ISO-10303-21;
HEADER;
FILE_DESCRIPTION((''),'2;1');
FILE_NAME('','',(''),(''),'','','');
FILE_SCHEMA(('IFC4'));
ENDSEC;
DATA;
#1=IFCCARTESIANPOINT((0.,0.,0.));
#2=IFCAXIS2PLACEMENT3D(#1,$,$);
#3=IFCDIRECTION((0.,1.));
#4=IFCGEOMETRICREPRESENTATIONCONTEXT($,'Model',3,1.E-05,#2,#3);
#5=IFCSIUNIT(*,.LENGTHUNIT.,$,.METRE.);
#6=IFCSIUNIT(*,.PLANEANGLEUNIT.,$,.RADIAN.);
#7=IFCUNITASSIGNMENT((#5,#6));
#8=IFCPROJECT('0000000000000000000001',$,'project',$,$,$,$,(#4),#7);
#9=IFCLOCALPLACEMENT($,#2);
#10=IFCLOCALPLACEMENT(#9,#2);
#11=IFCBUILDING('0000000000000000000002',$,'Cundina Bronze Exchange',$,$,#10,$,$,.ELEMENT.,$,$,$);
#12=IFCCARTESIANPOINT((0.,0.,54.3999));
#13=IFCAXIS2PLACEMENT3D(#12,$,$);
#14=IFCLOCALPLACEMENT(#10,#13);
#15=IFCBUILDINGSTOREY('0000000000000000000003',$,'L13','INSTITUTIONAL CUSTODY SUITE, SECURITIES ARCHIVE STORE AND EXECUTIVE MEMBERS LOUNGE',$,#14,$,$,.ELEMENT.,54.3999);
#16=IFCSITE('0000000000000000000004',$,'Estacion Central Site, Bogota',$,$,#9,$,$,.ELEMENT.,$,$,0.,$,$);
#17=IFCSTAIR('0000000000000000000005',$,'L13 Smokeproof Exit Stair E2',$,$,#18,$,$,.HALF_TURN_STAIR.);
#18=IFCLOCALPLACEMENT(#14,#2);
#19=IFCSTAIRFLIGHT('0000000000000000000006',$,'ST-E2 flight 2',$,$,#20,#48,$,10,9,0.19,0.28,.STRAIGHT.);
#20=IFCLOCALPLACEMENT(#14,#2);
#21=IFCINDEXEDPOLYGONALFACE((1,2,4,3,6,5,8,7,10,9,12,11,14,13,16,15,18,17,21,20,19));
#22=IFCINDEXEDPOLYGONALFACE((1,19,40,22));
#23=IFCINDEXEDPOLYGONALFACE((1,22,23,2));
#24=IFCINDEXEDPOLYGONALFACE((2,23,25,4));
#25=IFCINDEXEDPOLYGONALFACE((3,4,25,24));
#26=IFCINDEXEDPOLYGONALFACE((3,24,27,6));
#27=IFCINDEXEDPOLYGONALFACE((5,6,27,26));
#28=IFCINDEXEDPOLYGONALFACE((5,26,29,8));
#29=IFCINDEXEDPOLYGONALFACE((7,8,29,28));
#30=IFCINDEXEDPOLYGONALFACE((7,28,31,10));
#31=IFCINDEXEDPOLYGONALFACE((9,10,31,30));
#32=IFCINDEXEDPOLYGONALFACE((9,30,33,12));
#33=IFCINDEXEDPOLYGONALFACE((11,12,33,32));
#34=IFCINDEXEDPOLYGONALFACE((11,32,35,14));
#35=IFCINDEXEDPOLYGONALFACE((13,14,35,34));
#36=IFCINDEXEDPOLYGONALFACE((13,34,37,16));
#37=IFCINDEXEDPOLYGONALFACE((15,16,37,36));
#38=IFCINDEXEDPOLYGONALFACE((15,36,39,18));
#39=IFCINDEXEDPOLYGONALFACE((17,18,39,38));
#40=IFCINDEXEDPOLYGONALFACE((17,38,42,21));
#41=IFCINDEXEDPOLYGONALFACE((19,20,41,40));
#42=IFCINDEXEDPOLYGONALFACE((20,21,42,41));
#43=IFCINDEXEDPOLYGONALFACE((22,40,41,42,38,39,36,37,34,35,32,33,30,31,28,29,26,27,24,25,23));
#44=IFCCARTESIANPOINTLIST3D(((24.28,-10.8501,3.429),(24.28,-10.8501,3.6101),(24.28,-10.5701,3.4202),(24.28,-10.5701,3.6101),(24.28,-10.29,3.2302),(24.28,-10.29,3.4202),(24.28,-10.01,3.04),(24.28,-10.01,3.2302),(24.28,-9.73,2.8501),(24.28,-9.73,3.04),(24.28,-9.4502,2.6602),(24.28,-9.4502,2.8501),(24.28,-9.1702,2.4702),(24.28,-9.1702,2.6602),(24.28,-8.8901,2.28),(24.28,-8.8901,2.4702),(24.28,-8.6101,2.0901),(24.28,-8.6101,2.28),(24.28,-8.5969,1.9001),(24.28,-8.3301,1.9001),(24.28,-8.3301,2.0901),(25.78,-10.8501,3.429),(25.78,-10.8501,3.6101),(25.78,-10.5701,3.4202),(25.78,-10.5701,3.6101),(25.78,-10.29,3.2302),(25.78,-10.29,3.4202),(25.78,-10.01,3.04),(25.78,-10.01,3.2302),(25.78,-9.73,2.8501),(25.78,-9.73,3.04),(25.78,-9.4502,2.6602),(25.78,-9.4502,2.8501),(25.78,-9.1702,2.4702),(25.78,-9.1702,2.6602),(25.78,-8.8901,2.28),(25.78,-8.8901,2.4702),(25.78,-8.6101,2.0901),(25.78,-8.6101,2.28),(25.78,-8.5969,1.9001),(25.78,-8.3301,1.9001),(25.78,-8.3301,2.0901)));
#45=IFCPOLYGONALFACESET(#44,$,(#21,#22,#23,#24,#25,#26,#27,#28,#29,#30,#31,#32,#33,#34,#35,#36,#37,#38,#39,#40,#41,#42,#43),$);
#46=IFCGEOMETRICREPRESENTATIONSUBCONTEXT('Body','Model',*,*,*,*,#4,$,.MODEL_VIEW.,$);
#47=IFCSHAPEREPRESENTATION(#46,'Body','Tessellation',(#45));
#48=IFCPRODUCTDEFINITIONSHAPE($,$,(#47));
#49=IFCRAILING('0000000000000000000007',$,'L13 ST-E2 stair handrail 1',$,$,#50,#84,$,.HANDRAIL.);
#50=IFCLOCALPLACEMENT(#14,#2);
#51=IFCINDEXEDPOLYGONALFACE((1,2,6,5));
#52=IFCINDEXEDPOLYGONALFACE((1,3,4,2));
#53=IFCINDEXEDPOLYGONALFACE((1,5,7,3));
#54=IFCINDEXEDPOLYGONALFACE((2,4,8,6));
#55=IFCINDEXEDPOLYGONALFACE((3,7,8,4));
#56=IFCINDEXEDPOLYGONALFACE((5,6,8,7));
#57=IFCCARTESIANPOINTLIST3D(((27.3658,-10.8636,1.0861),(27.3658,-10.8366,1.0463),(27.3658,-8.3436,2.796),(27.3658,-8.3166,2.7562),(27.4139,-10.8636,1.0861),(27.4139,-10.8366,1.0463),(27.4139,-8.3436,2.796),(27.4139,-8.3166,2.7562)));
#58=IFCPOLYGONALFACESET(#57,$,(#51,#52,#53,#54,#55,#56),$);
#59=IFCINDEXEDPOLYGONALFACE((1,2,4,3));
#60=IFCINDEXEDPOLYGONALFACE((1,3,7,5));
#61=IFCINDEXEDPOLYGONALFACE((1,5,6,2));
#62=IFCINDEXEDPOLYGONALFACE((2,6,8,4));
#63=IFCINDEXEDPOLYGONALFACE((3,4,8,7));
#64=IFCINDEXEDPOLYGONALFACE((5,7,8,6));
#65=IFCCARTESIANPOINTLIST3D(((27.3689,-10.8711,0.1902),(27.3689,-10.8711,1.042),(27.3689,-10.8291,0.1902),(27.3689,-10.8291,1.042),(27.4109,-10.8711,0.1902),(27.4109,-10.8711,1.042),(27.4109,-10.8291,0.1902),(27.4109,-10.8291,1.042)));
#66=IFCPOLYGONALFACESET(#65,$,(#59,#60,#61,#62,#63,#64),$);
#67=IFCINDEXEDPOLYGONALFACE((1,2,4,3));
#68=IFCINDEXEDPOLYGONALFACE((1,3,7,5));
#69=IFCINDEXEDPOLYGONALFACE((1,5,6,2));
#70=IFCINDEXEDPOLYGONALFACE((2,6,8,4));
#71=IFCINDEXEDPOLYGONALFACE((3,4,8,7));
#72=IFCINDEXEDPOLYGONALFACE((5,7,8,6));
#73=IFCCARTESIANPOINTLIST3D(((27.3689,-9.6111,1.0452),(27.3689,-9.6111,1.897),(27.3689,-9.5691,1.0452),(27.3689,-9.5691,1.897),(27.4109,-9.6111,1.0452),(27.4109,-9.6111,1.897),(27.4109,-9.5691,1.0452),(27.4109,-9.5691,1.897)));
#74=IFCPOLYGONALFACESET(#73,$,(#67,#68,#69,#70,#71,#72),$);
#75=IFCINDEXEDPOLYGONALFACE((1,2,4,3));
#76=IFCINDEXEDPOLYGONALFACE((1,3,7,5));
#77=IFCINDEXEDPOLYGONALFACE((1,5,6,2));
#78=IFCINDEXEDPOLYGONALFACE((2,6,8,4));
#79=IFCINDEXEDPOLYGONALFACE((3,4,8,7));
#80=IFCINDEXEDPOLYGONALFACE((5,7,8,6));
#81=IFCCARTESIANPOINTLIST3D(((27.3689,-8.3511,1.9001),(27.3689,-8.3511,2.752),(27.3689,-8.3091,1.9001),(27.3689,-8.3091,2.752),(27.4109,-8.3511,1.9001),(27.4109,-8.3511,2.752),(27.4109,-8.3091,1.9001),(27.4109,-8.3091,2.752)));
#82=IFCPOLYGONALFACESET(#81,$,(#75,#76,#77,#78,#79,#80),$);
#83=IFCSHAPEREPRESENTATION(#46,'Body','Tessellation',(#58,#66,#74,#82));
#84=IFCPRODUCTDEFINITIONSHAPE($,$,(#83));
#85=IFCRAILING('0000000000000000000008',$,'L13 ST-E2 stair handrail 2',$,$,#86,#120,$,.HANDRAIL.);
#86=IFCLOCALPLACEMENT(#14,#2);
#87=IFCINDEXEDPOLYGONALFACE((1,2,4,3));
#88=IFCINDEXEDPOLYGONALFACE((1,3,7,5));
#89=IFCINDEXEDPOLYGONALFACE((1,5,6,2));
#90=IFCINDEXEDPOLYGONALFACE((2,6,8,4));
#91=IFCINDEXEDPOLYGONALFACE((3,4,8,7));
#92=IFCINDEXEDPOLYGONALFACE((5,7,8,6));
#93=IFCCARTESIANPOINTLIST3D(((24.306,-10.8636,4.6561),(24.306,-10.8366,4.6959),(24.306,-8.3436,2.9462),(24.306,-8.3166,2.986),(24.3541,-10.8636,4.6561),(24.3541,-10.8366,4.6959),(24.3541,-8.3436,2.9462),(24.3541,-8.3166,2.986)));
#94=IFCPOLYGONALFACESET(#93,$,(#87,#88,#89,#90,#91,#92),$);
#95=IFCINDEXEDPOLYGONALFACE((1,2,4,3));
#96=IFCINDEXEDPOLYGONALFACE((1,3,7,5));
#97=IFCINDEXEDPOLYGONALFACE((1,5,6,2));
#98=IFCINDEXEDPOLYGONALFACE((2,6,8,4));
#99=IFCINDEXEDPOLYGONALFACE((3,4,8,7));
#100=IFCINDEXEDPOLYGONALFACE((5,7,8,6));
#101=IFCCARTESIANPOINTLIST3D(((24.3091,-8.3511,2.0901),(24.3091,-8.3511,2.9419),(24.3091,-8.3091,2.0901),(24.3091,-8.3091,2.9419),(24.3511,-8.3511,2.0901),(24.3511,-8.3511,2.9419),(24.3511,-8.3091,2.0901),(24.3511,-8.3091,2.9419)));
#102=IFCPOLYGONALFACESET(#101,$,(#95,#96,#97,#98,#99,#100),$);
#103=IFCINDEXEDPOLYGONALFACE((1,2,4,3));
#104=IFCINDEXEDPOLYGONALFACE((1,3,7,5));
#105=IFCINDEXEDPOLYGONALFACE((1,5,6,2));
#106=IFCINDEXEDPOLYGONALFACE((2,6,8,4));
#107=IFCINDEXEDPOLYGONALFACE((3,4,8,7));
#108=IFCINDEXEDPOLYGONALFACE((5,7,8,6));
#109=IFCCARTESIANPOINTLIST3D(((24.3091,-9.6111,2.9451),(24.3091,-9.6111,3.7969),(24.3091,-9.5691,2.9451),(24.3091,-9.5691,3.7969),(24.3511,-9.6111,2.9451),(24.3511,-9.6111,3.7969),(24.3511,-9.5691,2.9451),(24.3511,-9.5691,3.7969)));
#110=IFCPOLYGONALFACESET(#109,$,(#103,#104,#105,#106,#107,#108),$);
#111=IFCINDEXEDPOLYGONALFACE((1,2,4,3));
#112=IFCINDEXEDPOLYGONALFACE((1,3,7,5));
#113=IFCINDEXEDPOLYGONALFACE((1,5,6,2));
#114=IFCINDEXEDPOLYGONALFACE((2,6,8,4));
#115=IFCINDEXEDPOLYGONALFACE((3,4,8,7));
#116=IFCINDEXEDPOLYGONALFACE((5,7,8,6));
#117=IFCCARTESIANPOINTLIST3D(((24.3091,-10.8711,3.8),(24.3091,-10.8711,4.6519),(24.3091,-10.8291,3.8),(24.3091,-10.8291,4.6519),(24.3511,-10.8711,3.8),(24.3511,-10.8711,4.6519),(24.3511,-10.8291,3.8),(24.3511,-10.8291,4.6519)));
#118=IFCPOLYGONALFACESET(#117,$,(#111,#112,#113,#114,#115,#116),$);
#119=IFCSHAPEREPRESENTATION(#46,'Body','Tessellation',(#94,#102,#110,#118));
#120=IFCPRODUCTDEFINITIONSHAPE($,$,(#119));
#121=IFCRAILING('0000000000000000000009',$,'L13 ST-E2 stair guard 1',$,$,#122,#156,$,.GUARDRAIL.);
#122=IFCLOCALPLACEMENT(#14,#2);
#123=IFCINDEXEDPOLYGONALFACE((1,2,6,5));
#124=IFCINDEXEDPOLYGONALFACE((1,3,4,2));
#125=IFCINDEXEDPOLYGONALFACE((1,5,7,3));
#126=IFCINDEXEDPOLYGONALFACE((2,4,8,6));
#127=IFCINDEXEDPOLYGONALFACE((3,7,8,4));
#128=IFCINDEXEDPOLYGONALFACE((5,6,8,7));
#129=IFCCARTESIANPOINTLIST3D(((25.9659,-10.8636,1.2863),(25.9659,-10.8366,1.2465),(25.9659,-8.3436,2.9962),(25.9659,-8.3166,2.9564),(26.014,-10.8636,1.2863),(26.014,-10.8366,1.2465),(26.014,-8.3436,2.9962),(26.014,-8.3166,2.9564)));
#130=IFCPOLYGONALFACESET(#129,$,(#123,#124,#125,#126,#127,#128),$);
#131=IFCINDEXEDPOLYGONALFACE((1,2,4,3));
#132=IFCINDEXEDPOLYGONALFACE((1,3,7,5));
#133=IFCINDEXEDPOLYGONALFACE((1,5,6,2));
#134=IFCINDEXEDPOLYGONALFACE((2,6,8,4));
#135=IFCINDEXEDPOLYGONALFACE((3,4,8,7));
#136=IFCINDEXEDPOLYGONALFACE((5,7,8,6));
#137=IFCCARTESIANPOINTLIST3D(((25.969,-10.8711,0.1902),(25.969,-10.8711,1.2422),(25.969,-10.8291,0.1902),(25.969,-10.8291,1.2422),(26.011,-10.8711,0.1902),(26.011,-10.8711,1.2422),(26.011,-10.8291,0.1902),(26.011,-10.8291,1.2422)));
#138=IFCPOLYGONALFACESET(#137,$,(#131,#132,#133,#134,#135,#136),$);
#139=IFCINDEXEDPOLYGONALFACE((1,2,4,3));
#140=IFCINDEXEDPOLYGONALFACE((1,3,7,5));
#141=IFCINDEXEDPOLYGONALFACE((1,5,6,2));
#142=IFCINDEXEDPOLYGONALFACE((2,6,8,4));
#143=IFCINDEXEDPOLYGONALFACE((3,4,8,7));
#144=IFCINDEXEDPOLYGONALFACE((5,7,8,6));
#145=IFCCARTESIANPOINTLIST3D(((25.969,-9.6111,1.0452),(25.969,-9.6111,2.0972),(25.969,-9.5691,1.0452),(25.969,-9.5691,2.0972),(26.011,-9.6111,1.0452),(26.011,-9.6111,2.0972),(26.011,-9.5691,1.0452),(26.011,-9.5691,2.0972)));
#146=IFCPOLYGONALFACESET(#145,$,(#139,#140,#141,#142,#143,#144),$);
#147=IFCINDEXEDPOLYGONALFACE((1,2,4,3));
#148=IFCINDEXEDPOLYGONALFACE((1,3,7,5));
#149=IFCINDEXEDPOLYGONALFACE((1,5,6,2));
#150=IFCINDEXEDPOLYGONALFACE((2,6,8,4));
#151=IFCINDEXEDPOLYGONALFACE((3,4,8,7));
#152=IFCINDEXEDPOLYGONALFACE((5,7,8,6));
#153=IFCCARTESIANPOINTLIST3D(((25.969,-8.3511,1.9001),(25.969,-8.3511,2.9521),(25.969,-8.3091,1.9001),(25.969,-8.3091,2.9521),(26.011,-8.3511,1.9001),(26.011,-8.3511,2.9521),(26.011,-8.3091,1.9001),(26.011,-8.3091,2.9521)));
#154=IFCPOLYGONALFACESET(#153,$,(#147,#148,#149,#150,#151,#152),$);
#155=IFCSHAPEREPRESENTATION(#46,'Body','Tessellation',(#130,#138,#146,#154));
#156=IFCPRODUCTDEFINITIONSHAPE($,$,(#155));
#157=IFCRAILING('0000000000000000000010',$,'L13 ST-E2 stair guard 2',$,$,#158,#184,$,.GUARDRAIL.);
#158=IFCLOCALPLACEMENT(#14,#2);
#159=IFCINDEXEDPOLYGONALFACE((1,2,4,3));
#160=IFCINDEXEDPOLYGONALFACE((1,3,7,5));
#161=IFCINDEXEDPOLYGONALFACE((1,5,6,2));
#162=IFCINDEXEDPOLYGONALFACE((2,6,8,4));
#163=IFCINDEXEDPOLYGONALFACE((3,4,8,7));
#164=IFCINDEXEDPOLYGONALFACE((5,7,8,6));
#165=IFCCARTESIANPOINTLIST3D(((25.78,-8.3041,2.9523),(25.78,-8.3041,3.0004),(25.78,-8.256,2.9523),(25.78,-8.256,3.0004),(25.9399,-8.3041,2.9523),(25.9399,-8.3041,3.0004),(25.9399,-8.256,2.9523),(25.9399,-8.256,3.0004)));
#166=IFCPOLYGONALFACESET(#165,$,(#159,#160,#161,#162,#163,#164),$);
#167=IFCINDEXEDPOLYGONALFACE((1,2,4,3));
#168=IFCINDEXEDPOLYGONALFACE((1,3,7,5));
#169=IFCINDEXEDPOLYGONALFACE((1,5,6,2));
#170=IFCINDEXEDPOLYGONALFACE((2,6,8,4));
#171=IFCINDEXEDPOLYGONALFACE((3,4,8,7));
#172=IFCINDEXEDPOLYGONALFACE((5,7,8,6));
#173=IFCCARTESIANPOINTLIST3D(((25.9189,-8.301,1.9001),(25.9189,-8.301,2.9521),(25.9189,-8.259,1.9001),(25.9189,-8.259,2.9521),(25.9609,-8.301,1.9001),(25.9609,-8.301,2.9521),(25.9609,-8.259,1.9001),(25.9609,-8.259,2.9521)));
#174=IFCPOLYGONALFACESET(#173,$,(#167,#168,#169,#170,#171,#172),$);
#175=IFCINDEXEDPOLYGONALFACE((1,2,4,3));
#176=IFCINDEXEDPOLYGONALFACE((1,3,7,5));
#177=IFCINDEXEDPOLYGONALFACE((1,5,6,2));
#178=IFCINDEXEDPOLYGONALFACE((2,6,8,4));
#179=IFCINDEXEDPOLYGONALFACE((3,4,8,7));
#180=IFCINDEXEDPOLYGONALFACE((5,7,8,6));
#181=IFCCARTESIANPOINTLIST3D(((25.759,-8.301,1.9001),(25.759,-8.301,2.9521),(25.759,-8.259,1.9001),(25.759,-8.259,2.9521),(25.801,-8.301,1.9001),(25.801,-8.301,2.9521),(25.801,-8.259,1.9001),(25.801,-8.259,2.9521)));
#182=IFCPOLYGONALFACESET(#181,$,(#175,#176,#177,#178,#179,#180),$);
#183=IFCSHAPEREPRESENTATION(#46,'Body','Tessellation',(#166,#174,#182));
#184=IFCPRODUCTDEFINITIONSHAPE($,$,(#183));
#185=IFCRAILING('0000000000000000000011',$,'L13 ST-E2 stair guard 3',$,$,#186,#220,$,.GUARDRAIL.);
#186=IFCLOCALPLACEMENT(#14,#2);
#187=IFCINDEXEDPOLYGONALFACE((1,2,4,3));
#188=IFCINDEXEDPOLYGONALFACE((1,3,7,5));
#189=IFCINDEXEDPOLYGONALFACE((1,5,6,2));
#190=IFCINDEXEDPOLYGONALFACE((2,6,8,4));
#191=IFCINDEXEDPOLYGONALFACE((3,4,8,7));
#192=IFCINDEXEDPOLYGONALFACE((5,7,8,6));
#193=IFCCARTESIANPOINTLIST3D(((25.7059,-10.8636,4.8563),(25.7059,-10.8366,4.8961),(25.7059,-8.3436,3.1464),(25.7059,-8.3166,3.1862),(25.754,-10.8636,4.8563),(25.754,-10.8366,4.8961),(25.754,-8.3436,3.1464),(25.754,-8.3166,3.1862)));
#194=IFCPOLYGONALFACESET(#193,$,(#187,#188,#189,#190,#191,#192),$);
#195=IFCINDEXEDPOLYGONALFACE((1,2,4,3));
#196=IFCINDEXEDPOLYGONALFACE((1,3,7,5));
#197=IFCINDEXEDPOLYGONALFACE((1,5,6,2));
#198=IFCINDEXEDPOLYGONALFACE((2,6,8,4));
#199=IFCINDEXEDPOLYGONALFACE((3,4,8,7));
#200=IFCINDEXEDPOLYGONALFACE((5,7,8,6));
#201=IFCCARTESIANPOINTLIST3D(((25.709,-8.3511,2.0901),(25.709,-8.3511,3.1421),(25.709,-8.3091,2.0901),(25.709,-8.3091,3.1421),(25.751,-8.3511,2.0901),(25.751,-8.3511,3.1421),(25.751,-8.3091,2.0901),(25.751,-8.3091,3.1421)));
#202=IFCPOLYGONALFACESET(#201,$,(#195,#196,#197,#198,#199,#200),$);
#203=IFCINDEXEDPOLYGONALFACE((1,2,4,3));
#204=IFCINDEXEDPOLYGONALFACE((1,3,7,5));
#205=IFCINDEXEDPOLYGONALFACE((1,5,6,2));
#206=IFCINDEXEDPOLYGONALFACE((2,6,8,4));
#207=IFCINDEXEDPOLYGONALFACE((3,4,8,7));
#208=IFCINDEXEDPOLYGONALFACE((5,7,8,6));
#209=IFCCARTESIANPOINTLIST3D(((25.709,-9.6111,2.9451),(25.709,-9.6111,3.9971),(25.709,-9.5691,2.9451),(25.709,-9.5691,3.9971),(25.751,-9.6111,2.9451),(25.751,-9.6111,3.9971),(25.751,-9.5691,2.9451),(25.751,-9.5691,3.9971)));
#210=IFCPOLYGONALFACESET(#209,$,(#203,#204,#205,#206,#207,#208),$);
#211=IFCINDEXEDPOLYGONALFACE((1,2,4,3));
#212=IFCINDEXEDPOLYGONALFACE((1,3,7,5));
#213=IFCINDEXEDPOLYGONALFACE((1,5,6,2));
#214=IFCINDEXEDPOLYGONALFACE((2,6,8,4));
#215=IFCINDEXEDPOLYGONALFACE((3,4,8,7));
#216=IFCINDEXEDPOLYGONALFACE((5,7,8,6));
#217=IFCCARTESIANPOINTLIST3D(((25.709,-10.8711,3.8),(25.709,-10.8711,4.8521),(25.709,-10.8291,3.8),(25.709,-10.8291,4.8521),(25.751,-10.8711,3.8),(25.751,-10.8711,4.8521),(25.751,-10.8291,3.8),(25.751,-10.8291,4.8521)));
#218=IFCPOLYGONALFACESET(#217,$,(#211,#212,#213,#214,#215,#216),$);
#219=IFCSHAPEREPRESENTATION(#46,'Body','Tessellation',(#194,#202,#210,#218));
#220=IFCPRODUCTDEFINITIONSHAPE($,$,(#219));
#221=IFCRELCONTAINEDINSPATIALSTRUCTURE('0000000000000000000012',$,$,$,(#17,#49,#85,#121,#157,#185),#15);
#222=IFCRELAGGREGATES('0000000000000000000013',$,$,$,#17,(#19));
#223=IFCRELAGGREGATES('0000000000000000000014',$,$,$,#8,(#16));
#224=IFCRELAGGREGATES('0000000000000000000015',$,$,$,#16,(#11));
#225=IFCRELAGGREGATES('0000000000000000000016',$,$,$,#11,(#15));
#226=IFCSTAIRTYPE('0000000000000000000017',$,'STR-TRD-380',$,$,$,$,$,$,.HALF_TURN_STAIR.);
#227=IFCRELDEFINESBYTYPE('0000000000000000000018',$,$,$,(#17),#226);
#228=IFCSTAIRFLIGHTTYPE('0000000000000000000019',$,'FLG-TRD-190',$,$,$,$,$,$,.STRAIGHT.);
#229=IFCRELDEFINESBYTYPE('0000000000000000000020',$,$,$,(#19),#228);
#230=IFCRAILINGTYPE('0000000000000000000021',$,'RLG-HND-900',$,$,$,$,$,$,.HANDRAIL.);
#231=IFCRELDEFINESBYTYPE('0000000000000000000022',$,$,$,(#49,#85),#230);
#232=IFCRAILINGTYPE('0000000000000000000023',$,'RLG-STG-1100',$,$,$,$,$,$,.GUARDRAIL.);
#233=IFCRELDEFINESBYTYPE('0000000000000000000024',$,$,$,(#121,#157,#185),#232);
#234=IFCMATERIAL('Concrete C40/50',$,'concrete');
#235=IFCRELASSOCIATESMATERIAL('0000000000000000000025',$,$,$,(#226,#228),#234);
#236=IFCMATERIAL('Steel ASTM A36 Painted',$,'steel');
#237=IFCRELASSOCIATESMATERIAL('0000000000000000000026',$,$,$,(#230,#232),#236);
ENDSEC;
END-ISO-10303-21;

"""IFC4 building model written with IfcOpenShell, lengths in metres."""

from ifc_helpers import new_model, si_unit, direction, frame, origin, origin_2d, place, context, subcontext, project, spatial, polyline, rectangle, outline, extrude, material, type_object, element, aggregate, save


model = new_model("IFC4")

# Units and contexts
model_context = context("Model", 3, precision=1e-05, world=origin(), true_north=direction((0.0, 1.0)))
body_context = subcontext(model_context, "Body", "Model", "MODEL_VIEW")
ifc_project = project(units=[si_unit("LENGTHUNIT", "METRE"), si_unit("PLANEANGLEUNIT", "RADIAN")], contexts=[model_context])

# Site, building, storey
site_placement = place(None, origin())
site = spatial("IfcSite", under=ifc_project, at=site_placement, Name="Estacion Central Site, Bogota", CompositionType="ELEMENT", RefElevation=0.0)
building_placement = place(site_placement, origin())
building = spatial("IfcBuilding", under=site, at=building_placement, Name="Cundina Bronze Exchange", CompositionType="ELEMENT")
storey_placement = place(building_placement, frame((0.0, 0.0, 54.3999)))
storey = spatial("IfcBuildingStorey", under=building, at=storey_placement, Name="L13", Description="INSTITUTIONAL CUSTODY SUITE, SECURITIES ARCHIVE STORE AND EXECUTIVE MEMBERS LOUNGE", CompositionType="ELEMENT", Elevation=54.3999)

# Shared definitions
ifc_material_1 = material(Name="Steel ASTM A36 Painted", Category="steel")

# Stair, stair flight
ifc_material_2 = material(Name="Concrete C40/50", Category="concrete")
stair_type = type_object("IfcStairType", Name="STR-TRD-380", PredefinedType="HALF_TURN_STAIR", material=ifc_material_2)
stair_placement = place(storey_placement, origin())
stair = element("IfcStair", 1, at=stair_placement, inside=storey, type_object=stair_type, Name="L13 Smokeproof Exit Stair E2", PredefinedType="HALF_TURN_STAIR")
stair_flight_type = type_object("IfcStairFlightType", Name="FLG-TRD-190", PredefinedType="STRAIGHT", material=ifc_material_2)
stair_flight_1_placement = place(storey_placement, frame((25.03, -8.3301, 1.9001), z_axis=(0.0, 0.0, 1.0), x_axis=(0.0, -1.0, 0.0)))
stair_flight_1 = element("IfcStairFlight", 2, at=stair_flight_1_placement, type_object=stair_flight_type, Name="ST-E2 flight 2", NumberOfRisers=10, NumberOfTreads=9, PredefinedType="STRAIGHT", RiserHeight=0.19, TreadLength=0.28, context=body_context, shape_type="SweptSolid", body=[
    extrude(outline(polyline([(0.0, 0.0), (0.0, 0.1899), (0.28, 0.1899), (0.28, 0.3799), (0.5601, 0.3799), (0.5601, 0.5701), (0.8401, 0.5701), (0.8401, 0.76), (1.1201, 0.76), (1.1201, 0.95), (1.3999, 0.95), (1.3999, 1.1399), (1.6799, 1.1399), (1.6799, 1.3301), (1.96, 1.3301), (1.96, 1.52), (2.24, 1.52), (2.24, 1.71), (2.52, 1.71), (2.52, 1.8999), (2.52, 1.5288), (0.2668, 0.0), (0.0, 0.0)])), frame((0.0, 0.75, 0.0), z_axis=(0.0, -1.0, 0.0), x_axis=(1.0, 0.0, 0.0)), (0.0, 0.0, 1.0), 1.5),
])
aggregate(stair, [stair_flight_1])

# Railings
railing_type_1 = type_object("IfcRailingType", Name="RLG-HND-900", PredefinedType="HANDRAIL", material=ifc_material_1)
railing_1_placement = place(storey_placement, frame((27.3899, -10.8501, 0.1902)))
element("IfcRailing", 3, at=railing_1_placement, inside=storey, type_object=railing_type_1, Name="L13 ST-E2 stair handrail 1", PredefinedType="HANDRAIL", context=body_context, shape_type="SweptSolid", body=[
    extrude(rectangle(XDim=0.0481, YDim=0.0481, at=origin_2d()), frame((0.0, 0.0, 0.876), z_axis=(0.0, 0.827484, 0.56149), x_axis=(-1.0, 0.0, 0.0)), (0.0, 0.0, 1.0), 3.0454),
    extrude(rectangle(XDim=0.042, YDim=0.042, at=origin_2d()), origin(), (0.0, 0.0, 1.0), 0.8518),
    extrude(rectangle(XDim=0.042, YDim=0.042, at=origin_2d()), frame((0.0, 1.26, 0.855)), (0.0, 0.0, 1.0), 0.8518),
    extrude(rectangle(XDim=0.042, YDim=0.042, at=origin_2d()), frame((0.0, 2.52, 1.71)), (0.0, 0.0, 1.0), 0.8518),
])
railing_2_placement = place(storey_placement, frame((24.3301, -8.3301, 2.0901)))
element("IfcRailing", 4, at=railing_2_placement, inside=storey, type_object=railing_type_1, Name="L13 ST-E2 stair handrail 2", PredefinedType="HANDRAIL", context=body_context, shape_type="SweptSolid", body=[
    extrude(rectangle(XDim=0.0481, YDim=0.0481, at=origin_2d()), frame((0.0, 0.0, 0.876), z_axis=(0.0, -0.827484, 0.56149), x_axis=(1.0, 0.0, 0.0)), (0.0, 0.0, 1.0), 3.0454),
    extrude(rectangle(XDim=0.042, YDim=0.042, at=origin_2d()), origin(), (0.0, 0.0, 1.0), 0.8518),
    extrude(rectangle(XDim=0.042, YDim=0.042, at=origin_2d()), frame((0.0, -1.26, 0.855)), (0.0, 0.0, 1.0), 0.8518),
    extrude(rectangle(XDim=0.042, YDim=0.042, at=origin_2d()), frame((0.0, -2.52, 1.71)), (0.0, 0.0, 1.0), 0.8518),
])
railing_type_2 = type_object("IfcRailingType", Name="RLG-STG-1100", PredefinedType="GUARDRAIL", material=ifc_material_1)
railing_3_placement = place(storey_placement, frame((25.99, -10.8501, 0.1902)))
element("IfcRailing", 5, at=railing_3_placement, inside=storey, type_object=railing_type_2, Name="L13 ST-E2 stair guard 1", PredefinedType="GUARDRAIL", context=body_context, shape_type="SweptSolid", body=[
    extrude(rectangle(XDim=0.0481, YDim=0.0481, at=origin_2d()), frame((0.0, 0.0, 1.0762), z_axis=(0.0, 0.827484, 0.56149), x_axis=(-1.0, 0.0, 0.0)), (0.0, 0.0, 1.0), 3.0454),
    extrude(rectangle(XDim=0.042, YDim=0.042, at=origin_2d()), origin(), (0.0, 0.0, 1.0), 1.052),
    extrude(rectangle(XDim=0.042, YDim=0.042, at=origin_2d()), frame((0.0, 1.26, 0.855)), (0.0, 0.0, 1.0), 1.052),
    extrude(rectangle(XDim=0.042, YDim=0.042, at=origin_2d()), frame((0.0, 2.52, 1.71)), (0.0, 0.0, 1.0), 1.052),
])
railing_4_placement = place(storey_placement, frame((25.9399, -8.28, 1.9001)))
element("IfcRailing", 6, at=railing_4_placement, inside=storey, type_object=railing_type_2, Name="L13 ST-E2 stair guard 2", PredefinedType="GUARDRAIL", context=body_context, shape_type="SweptSolid", body=[
    extrude(rectangle(XDim=0.0481, YDim=0.0481, at=origin_2d()), frame((0.0, 0.0, 1.0762), z_axis=(-1.0, 0.0, 0.0), x_axis=(0.0, -1.0, 0.0)), (0.0, 0.0, 1.0), 0.1599),
    extrude(rectangle(XDim=0.042, YDim=0.042, at=origin_2d()), origin(), (0.0, 0.0, 1.0), 1.052),
    extrude(rectangle(XDim=0.042, YDim=0.042, at=origin_2d()), frame((-0.1599, 0.0, 0.0)), (0.0, 0.0, 1.0), 1.052),
])
railing_5_placement = place(storey_placement, frame((25.73, -8.3301, 2.0901)))
element("IfcRailing", 7, at=railing_5_placement, inside=storey, type_object=railing_type_2, Name="L13 ST-E2 stair guard 3", PredefinedType="GUARDRAIL", context=body_context, shape_type="SweptSolid", body=[
    extrude(rectangle(XDim=0.0481, YDim=0.0481, at=origin_2d()), frame((0.0, 0.0, 1.0762), z_axis=(0.0, -0.827484, 0.56149), x_axis=(1.0, 0.0, 0.0)), (0.0, 0.0, 1.0), 3.0454),
    extrude(rectangle(XDim=0.042, YDim=0.042, at=origin_2d()), origin(), (0.0, 0.0, 1.0), 1.052),
    extrude(rectangle(XDim=0.042, YDim=0.042, at=origin_2d()), frame((0.0, -1.26, 0.855)), (0.0, 0.0, 1.0), 1.052),
    extrude(rectangle(XDim=0.042, YDim=0.042, at=origin_2d()), frame((0.0, -2.52, 1.71)), (0.0, 0.0, 1.0), 1.052),
])

save(model, "model.ifc")
